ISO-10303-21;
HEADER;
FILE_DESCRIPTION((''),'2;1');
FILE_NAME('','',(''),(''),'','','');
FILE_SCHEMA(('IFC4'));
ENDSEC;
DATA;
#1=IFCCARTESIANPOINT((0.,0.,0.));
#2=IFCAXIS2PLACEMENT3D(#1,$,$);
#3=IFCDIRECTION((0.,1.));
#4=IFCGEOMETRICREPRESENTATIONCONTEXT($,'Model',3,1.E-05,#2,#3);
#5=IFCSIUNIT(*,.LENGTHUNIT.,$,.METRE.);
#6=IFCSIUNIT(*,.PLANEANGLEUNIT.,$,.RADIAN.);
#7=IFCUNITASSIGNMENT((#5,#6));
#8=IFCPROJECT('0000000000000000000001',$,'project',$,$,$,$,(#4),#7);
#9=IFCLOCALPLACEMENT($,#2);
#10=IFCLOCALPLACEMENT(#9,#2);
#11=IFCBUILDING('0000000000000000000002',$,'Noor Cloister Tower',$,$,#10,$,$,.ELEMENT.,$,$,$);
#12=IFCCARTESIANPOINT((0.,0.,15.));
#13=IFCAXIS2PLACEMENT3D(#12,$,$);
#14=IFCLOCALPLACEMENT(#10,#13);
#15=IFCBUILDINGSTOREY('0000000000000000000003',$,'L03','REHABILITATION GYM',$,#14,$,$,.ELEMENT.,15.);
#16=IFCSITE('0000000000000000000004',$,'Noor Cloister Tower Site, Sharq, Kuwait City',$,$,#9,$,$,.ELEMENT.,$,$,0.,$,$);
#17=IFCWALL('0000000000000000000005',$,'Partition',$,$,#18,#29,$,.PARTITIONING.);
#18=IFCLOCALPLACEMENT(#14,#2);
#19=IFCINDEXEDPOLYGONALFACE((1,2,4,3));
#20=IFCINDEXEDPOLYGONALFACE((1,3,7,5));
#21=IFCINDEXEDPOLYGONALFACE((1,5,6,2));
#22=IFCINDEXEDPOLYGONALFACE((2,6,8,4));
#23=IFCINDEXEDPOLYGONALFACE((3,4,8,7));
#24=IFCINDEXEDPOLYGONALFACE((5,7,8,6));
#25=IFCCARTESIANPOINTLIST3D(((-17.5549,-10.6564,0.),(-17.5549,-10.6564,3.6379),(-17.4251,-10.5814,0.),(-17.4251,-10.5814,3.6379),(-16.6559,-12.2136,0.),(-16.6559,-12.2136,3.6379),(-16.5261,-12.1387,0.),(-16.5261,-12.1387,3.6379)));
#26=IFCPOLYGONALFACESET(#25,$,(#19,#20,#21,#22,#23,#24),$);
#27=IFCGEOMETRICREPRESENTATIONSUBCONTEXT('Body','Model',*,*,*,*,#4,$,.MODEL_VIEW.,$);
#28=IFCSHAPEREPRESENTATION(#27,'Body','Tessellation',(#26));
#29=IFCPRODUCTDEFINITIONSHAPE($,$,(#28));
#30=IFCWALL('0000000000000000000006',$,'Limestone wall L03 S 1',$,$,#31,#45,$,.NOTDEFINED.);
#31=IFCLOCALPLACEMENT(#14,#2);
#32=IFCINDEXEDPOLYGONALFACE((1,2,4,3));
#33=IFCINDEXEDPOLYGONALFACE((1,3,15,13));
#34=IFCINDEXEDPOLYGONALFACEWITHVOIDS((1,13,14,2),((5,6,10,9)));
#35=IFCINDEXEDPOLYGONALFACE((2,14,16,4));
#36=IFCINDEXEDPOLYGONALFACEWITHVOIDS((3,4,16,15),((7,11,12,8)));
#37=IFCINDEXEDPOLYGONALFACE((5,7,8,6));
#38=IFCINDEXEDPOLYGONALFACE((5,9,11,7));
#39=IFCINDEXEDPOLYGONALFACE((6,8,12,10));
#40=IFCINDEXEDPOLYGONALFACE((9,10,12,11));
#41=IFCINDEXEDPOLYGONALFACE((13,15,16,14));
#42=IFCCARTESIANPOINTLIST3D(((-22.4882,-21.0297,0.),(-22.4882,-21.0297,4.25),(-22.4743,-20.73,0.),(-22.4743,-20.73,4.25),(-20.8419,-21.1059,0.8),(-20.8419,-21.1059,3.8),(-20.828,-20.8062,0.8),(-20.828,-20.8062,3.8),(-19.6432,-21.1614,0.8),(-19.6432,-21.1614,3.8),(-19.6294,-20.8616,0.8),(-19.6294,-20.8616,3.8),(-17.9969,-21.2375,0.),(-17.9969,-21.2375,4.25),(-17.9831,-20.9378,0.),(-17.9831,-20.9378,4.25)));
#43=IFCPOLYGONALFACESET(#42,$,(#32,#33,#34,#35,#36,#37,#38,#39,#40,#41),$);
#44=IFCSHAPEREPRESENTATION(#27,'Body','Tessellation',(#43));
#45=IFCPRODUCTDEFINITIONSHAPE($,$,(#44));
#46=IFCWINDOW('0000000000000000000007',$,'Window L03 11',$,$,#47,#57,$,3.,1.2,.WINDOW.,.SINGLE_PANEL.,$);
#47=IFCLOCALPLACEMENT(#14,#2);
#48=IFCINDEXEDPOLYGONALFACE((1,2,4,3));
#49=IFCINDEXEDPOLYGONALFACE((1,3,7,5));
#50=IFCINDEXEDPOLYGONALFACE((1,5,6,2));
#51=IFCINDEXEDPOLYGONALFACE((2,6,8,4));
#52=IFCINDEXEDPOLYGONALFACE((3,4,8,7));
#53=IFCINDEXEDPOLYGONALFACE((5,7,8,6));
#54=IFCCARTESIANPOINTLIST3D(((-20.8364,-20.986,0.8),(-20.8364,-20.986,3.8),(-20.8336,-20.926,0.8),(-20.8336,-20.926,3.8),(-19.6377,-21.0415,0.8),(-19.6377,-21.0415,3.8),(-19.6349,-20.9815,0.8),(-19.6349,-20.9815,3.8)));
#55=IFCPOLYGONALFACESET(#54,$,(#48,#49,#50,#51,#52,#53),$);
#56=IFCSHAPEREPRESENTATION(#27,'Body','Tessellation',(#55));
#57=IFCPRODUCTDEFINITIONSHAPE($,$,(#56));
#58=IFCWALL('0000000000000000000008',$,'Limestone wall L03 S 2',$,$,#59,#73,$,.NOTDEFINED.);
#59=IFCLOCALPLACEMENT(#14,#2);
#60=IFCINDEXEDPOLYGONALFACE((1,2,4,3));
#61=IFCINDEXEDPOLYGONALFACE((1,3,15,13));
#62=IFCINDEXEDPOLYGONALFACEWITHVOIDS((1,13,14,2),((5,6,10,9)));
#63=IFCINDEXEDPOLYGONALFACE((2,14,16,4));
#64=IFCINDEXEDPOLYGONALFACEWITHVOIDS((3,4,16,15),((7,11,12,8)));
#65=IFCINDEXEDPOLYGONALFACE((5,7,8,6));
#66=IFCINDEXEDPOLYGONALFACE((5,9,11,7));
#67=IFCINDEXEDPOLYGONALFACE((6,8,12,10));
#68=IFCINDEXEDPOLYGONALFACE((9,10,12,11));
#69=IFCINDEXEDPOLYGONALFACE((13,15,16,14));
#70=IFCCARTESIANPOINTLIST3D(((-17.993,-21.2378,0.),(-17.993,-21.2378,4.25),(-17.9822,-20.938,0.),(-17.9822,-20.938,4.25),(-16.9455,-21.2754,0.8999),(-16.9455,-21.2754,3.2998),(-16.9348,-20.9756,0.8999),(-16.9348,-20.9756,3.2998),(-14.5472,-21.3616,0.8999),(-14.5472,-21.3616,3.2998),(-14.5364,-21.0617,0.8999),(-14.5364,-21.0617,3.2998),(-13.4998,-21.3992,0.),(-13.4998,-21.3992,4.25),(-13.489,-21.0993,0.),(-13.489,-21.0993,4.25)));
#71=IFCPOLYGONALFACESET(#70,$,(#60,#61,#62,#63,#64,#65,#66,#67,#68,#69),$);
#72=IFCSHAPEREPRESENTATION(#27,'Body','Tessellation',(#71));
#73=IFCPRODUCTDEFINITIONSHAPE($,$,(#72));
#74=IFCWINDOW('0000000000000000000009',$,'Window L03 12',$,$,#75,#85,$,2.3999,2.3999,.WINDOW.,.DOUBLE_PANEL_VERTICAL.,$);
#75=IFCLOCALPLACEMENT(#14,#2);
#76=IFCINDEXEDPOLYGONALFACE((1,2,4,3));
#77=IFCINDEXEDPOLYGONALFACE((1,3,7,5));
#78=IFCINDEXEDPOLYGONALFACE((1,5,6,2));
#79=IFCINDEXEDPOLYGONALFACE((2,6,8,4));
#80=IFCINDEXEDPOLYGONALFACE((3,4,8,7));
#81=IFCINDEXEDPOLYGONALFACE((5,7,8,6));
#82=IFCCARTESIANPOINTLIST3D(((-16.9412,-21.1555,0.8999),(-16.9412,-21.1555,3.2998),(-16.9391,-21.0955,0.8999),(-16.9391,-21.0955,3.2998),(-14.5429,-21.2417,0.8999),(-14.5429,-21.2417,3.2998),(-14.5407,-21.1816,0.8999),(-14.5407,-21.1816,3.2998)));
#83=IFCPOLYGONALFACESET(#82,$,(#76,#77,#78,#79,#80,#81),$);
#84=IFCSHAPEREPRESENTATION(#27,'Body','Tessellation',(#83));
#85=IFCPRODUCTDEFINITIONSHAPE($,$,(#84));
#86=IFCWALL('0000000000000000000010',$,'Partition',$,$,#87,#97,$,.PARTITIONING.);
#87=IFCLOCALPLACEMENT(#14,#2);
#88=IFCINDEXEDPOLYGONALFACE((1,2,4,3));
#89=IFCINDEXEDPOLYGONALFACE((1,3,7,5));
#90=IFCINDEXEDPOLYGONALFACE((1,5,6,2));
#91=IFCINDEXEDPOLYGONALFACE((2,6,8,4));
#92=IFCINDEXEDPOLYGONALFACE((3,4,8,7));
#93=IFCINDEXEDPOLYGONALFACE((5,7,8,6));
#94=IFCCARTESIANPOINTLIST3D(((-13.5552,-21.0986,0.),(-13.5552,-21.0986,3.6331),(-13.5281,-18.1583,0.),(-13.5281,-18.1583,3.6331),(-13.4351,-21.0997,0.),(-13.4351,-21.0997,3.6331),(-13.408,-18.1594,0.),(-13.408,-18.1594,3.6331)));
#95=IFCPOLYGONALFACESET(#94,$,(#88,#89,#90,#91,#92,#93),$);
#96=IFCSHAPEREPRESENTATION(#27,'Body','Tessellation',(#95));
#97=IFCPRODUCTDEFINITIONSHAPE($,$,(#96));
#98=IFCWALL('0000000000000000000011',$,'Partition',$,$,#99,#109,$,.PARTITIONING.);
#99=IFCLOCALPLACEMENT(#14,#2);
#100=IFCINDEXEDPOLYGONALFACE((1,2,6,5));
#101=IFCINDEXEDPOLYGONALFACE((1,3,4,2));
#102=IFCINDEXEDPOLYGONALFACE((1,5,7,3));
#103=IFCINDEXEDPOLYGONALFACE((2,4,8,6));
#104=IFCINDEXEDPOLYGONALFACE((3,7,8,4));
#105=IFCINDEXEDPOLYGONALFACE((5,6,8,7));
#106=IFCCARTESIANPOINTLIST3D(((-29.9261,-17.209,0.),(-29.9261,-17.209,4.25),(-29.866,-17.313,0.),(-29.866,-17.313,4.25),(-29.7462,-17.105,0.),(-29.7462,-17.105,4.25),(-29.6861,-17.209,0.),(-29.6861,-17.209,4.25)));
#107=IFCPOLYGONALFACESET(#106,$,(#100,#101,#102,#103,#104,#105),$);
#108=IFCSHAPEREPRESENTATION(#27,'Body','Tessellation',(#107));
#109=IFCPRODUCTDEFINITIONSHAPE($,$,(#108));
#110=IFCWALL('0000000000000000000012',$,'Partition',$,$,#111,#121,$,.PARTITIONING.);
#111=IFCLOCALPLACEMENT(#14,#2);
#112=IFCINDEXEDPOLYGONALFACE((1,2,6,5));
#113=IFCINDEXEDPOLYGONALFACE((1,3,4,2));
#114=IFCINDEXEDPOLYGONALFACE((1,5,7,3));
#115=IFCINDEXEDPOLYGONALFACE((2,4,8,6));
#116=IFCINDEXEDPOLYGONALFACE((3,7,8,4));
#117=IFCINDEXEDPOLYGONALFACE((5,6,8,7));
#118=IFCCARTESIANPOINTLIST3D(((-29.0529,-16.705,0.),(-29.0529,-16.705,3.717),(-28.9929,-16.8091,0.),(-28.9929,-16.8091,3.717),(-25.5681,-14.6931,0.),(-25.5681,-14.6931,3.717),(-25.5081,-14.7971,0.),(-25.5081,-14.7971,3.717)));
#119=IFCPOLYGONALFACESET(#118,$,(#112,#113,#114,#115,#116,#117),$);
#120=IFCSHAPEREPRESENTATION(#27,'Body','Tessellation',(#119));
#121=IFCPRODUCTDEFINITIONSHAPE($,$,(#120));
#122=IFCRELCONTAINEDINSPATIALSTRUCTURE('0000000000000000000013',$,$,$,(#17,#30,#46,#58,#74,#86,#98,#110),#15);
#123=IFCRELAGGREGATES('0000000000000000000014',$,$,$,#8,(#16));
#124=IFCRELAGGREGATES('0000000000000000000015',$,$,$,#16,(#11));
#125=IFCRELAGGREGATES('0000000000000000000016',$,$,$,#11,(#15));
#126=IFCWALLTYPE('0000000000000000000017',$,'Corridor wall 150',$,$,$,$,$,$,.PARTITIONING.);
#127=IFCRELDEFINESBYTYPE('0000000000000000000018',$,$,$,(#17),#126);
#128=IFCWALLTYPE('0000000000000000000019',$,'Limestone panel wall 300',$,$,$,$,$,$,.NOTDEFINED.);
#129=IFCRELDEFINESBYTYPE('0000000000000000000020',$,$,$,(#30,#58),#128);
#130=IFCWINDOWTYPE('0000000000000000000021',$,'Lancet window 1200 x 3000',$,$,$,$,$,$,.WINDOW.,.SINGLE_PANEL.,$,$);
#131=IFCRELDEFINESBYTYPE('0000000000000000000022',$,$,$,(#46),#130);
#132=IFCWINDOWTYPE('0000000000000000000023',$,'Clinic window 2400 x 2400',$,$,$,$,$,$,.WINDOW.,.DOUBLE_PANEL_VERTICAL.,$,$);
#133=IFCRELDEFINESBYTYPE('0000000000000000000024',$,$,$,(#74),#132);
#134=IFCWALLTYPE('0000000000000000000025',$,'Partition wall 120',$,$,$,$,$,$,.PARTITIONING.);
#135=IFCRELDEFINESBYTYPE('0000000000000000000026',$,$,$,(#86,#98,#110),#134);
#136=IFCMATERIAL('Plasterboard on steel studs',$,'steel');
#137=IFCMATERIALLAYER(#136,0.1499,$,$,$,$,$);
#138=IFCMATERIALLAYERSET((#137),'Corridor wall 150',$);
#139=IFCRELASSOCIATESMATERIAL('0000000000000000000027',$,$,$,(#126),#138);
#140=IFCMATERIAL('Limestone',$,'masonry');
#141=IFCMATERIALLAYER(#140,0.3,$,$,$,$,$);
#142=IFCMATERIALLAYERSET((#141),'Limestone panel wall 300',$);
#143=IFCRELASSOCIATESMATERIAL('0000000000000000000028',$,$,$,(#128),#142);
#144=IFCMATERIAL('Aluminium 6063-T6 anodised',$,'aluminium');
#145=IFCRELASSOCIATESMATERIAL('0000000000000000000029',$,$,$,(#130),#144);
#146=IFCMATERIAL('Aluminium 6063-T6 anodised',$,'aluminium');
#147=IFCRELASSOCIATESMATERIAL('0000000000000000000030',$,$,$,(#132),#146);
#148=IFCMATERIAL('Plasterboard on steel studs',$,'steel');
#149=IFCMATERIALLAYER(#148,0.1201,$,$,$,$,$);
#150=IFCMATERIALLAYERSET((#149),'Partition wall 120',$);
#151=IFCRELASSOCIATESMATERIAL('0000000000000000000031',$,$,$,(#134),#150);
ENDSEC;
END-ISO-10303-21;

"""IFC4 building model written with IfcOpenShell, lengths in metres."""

from ifc_helpers import new_model, si_unit, direction, frame, frame_2d, origin, place, context, subcontext, project, spatial, rectangle, extrude, material, layer, layer_set, type_object, element, fill, save


model = new_model("IFC4")

# Units and contexts
model_context = context("Model", 3, precision=1e-05, world=origin(), true_north=direction((0.0, 1.0)))
body_context = subcontext(model_context, "Body", "Model", "MODEL_VIEW")
ifc_project = project(units=[si_unit("LENGTHUNIT", "METRE"), si_unit("PLANEANGLEUNIT", "RADIAN")], contexts=[model_context])

# Site, building, storey
site_placement = place(None, origin())
site = spatial("IfcSite", under=ifc_project, at=site_placement, Name="Noor Cloister Tower Site, Sharq, Kuwait City", CompositionType="ELEMENT", RefElevation=0.0)
building_placement = place(site_placement, origin())
building = spatial("IfcBuilding", under=site, at=building_placement, Name="Noor Cloister Tower", CompositionType="ELEMENT")
storey_placement = place(building_placement, frame((0.0, 0.0, 15.0)))
storey = spatial("IfcBuildingStorey", under=building, at=storey_placement, Name="L03", Description="REHABILITATION GYM", CompositionType="ELEMENT", Elevation=15.0)

# Wall
ifc_material_1 = material(Name="Plasterboard on steel studs", Category="steel")
ifc_layer_1 = layer(ifc_material_1, 0.1499)
ifc_layer_set_1 = layer_set([ifc_layer_1], Name="Corridor wall 150")
wall_type_1 = type_object("IfcWallType", Name="Corridor wall 150", PredefinedType="PARTITIONING", material=ifc_layer_set_1)
wall_1_placement = place(storey_placement, frame((-16.5911, -12.176, 0.0), z_axis=(0.0, 0.0, 1.0), x_axis=(-0.499965, 0.866045, 0.0)))
element("IfcWall", 1, at=wall_1_placement, inside=storey, type_object=wall_type_1, Name="Partition", PredefinedType="PARTITIONING", context=body_context, shape_type="SweptSolid", body=[
    extrude(rectangle(XDim=1.7981, YDim=0.1499, at=frame_2d((0.8989, 0.0))), origin(), (0.0, 0.0, 1.0), 3.6379),
])

# Walls, openings, windows
ifc_material_2 = material(Name="Limestone", Category="masonry")
ifc_layer_2 = layer(ifc_material_2, 0.3)
ifc_layer_set_2 = layer_set([ifc_layer_2], Name="Limestone panel wall 300")
wall_type_2 = type_object("IfcWallType", Name="Limestone panel wall 300", PredefinedType="NOTDEFINED", material=ifc_layer_set_2)
wall_2_placement = place(storey_placement, frame((-17.99, -21.0876, 0.0), z_axis=(0.0, 0.0, 1.0), x_axis=(-0.998932, 0.046211, 0.0)))
wall_2 = element("IfcWall", 2, at=wall_2_placement, inside=storey, type_object=wall_type_2, Name="Limestone wall L03 S 1", PredefinedType="NOTDEFINED", context=body_context, shape_type="SweptSolid", body=[
    extrude(rectangle(XDim=4.4961, YDim=0.3, at=frame_2d((2.248, 0.0))), origin(), (0.0, 0.0, 1.0), 4.25),
])
opening_1_placement = place(wall_2_placement, frame((1.6479, 0.0, 0.8)))
opening_1 = element("IfcOpeningElement", 3, at=opening_1_placement, cuts=wall_2, PredefinedType="OPENING", context=body_context, shape_type="SweptSolid", body=[
    extrude(rectangle(XDim=1.2, YDim=3.0, at=frame_2d((0.6001, 1.5))), frame((0.0, 0.1602, 0.0), z_axis=(0.0, -1.0, 0.0), x_axis=(1.0, 0.0, 0.0)), (0.0, 0.0, 1.0), 0.3201),
])
ifc_material_3 = material(Name="Aluminium 6063-T6 anodised", Category="aluminium")
window_type_1 = type_object("IfcWindowType", Name="Lancet window 1200 x 3000", PartitioningType="SINGLE_PANEL", PredefinedType="WINDOW", material=ifc_material_3)
window_1_placement = place(opening_1_placement, origin())
window_1 = element("IfcWindow", 4, at=window_1_placement, inside=storey, type_object=window_type_1, Name="Window L03 11", OverallHeight=3.0, OverallWidth=1.2, PartitioningType="SINGLE_PANEL", PredefinedType="WINDOW", context=body_context, shape_type="SweptSolid", body=[
    extrude(rectangle(XDim=1.2, YDim=3.0, at=frame_2d((0.6001, 1.5))), frame((0.0, 0.03, 0.0), z_axis=(0.0, -1.0, 0.0), x_axis=(1.0, 0.0, 0.0)), (0.0, 0.0, 1.0), 0.0601),
])
fill(opening_1, window_1)
wall_3_placement = place(storey_placement, frame((-13.4944, -21.2493, 0.0), z_axis=(0.0, 0.0, 1.0), x_axis=(-0.999356, 0.035893, 0.0)))
wall_3 = element("IfcWall", 5, at=wall_3_placement, inside=storey, type_object=wall_type_2, Name="Limestone wall L03 S 2", PredefinedType="NOTDEFINED", context=body_context, shape_type="SweptSolid", body=[
    extrude(rectangle(XDim=4.4961, YDim=0.3, at=frame_2d((2.248, 0.0))), origin(), (0.0, 0.0, 1.0), 4.25),
])
opening_2_placement = place(wall_3_placement, frame((1.0481, 0.0, 0.8999)))
opening_2 = element("IfcOpeningElement", 6, at=opening_2_placement, cuts=wall_3, PredefinedType="OPENING", context=body_context, shape_type="SweptSolid", body=[
    extrude(rectangle(XDim=2.3999, YDim=2.3999, at=frame_2d((1.2, 1.2))), frame((0.0, 0.1602, 0.0), z_axis=(0.0, -1.0, 0.0), x_axis=(1.0, 0.0, 0.0)), (0.0, 0.0, 1.0), 0.3201),
])
ifc_material_4 = material(Name="Aluminium 6063-T6 anodised", Category="aluminium")
window_type_2 = type_object("IfcWindowType", Name="Clinic window 2400 x 2400", PartitioningType="DOUBLE_PANEL_VERTICAL", PredefinedType="WINDOW", material=ifc_material_4)
window_2_placement = place(opening_2_placement, origin())
window_2 = element("IfcWindow", 7, at=window_2_placement, inside=storey, type_object=window_type_2, Name="Window L03 12", OverallHeight=2.3999, OverallWidth=2.3999, PartitioningType="DOUBLE_PANEL_VERTICAL", PredefinedType="WINDOW", context=body_context, shape_type="SweptSolid", body=[
    extrude(rectangle(XDim=2.3999, YDim=2.3999, at=frame_2d((1.2, 1.2))), frame((0.0, 0.03, 0.0), z_axis=(0.0, -1.0, 0.0), x_axis=(1.0, 0.0, 0.0)), (0.0, 0.0, 1.0), 0.0601),
])
fill(opening_2, window_2)

# Walls
ifc_material_5 = material(Name="Plasterboard on steel studs", Category="steel")
ifc_layer_3 = layer(ifc_material_5, 0.1201)
ifc_layer_set_3 = layer_set([ifc_layer_3], Name="Partition wall 120")
wall_type_3 = type_object("IfcWallType", Name="Partition wall 120", PredefinedType="PARTITIONING", material=ifc_layer_set_3)
wall_4_placement = place(storey_placement, frame((-13.4951, -21.0991, 0.0), z_axis=(0.0, 0.0, 1.0), x_axis=(0.009217, 0.999958, 0.0)))
element("IfcWall", 8, at=wall_4_placement, inside=storey, type_object=wall_type_3, Name="Partition", PredefinedType="PARTITIONING", context=body_context, shape_type="SweptSolid", body=[
    extrude(rectangle(XDim=2.9404, YDim=0.1201, at=frame_2d((1.4702, 0.0))), origin(), (0.0, 0.0, 1.0), 3.6331),
])
wall_5_placement = place(storey_placement, frame((-29.7161, -17.157, 0.0), z_axis=(0.0, 0.0, 1.0), x_axis=(-0.865775, -0.500434, 0.0)))
element("IfcWall", 9, at=wall_5_placement, inside=storey, type_object=wall_type_3, Name="Partition", PredefinedType="PARTITIONING", context=body_context, shape_type="SweptSolid", body=[
    extrude(rectangle(XDim=0.2078, YDim=0.1201, at=frame_2d((0.104, 0.0))), origin(), (0.0, 0.0, 1.0), 4.25),
])
wall_6_placement = place(storey_placement, frame((-25.5381, -14.7451, 0.0), z_axis=(0.0, 0.0, 1.0), x_axis=(-0.866028, -0.499996, 0.0)))
element("IfcWall", 10, at=wall_6_placement, inside=storey, type_object=wall_type_3, Name="Partition", PredefinedType="PARTITIONING", context=body_context, shape_type="SweptSolid", body=[
    extrude(rectangle(XDim=4.0239, YDim=0.1201, at=frame_2d((2.012, 0.0))), origin(), (0.0, 0.0, 1.0), 3.717),
])

save(model, "model.ifc")
